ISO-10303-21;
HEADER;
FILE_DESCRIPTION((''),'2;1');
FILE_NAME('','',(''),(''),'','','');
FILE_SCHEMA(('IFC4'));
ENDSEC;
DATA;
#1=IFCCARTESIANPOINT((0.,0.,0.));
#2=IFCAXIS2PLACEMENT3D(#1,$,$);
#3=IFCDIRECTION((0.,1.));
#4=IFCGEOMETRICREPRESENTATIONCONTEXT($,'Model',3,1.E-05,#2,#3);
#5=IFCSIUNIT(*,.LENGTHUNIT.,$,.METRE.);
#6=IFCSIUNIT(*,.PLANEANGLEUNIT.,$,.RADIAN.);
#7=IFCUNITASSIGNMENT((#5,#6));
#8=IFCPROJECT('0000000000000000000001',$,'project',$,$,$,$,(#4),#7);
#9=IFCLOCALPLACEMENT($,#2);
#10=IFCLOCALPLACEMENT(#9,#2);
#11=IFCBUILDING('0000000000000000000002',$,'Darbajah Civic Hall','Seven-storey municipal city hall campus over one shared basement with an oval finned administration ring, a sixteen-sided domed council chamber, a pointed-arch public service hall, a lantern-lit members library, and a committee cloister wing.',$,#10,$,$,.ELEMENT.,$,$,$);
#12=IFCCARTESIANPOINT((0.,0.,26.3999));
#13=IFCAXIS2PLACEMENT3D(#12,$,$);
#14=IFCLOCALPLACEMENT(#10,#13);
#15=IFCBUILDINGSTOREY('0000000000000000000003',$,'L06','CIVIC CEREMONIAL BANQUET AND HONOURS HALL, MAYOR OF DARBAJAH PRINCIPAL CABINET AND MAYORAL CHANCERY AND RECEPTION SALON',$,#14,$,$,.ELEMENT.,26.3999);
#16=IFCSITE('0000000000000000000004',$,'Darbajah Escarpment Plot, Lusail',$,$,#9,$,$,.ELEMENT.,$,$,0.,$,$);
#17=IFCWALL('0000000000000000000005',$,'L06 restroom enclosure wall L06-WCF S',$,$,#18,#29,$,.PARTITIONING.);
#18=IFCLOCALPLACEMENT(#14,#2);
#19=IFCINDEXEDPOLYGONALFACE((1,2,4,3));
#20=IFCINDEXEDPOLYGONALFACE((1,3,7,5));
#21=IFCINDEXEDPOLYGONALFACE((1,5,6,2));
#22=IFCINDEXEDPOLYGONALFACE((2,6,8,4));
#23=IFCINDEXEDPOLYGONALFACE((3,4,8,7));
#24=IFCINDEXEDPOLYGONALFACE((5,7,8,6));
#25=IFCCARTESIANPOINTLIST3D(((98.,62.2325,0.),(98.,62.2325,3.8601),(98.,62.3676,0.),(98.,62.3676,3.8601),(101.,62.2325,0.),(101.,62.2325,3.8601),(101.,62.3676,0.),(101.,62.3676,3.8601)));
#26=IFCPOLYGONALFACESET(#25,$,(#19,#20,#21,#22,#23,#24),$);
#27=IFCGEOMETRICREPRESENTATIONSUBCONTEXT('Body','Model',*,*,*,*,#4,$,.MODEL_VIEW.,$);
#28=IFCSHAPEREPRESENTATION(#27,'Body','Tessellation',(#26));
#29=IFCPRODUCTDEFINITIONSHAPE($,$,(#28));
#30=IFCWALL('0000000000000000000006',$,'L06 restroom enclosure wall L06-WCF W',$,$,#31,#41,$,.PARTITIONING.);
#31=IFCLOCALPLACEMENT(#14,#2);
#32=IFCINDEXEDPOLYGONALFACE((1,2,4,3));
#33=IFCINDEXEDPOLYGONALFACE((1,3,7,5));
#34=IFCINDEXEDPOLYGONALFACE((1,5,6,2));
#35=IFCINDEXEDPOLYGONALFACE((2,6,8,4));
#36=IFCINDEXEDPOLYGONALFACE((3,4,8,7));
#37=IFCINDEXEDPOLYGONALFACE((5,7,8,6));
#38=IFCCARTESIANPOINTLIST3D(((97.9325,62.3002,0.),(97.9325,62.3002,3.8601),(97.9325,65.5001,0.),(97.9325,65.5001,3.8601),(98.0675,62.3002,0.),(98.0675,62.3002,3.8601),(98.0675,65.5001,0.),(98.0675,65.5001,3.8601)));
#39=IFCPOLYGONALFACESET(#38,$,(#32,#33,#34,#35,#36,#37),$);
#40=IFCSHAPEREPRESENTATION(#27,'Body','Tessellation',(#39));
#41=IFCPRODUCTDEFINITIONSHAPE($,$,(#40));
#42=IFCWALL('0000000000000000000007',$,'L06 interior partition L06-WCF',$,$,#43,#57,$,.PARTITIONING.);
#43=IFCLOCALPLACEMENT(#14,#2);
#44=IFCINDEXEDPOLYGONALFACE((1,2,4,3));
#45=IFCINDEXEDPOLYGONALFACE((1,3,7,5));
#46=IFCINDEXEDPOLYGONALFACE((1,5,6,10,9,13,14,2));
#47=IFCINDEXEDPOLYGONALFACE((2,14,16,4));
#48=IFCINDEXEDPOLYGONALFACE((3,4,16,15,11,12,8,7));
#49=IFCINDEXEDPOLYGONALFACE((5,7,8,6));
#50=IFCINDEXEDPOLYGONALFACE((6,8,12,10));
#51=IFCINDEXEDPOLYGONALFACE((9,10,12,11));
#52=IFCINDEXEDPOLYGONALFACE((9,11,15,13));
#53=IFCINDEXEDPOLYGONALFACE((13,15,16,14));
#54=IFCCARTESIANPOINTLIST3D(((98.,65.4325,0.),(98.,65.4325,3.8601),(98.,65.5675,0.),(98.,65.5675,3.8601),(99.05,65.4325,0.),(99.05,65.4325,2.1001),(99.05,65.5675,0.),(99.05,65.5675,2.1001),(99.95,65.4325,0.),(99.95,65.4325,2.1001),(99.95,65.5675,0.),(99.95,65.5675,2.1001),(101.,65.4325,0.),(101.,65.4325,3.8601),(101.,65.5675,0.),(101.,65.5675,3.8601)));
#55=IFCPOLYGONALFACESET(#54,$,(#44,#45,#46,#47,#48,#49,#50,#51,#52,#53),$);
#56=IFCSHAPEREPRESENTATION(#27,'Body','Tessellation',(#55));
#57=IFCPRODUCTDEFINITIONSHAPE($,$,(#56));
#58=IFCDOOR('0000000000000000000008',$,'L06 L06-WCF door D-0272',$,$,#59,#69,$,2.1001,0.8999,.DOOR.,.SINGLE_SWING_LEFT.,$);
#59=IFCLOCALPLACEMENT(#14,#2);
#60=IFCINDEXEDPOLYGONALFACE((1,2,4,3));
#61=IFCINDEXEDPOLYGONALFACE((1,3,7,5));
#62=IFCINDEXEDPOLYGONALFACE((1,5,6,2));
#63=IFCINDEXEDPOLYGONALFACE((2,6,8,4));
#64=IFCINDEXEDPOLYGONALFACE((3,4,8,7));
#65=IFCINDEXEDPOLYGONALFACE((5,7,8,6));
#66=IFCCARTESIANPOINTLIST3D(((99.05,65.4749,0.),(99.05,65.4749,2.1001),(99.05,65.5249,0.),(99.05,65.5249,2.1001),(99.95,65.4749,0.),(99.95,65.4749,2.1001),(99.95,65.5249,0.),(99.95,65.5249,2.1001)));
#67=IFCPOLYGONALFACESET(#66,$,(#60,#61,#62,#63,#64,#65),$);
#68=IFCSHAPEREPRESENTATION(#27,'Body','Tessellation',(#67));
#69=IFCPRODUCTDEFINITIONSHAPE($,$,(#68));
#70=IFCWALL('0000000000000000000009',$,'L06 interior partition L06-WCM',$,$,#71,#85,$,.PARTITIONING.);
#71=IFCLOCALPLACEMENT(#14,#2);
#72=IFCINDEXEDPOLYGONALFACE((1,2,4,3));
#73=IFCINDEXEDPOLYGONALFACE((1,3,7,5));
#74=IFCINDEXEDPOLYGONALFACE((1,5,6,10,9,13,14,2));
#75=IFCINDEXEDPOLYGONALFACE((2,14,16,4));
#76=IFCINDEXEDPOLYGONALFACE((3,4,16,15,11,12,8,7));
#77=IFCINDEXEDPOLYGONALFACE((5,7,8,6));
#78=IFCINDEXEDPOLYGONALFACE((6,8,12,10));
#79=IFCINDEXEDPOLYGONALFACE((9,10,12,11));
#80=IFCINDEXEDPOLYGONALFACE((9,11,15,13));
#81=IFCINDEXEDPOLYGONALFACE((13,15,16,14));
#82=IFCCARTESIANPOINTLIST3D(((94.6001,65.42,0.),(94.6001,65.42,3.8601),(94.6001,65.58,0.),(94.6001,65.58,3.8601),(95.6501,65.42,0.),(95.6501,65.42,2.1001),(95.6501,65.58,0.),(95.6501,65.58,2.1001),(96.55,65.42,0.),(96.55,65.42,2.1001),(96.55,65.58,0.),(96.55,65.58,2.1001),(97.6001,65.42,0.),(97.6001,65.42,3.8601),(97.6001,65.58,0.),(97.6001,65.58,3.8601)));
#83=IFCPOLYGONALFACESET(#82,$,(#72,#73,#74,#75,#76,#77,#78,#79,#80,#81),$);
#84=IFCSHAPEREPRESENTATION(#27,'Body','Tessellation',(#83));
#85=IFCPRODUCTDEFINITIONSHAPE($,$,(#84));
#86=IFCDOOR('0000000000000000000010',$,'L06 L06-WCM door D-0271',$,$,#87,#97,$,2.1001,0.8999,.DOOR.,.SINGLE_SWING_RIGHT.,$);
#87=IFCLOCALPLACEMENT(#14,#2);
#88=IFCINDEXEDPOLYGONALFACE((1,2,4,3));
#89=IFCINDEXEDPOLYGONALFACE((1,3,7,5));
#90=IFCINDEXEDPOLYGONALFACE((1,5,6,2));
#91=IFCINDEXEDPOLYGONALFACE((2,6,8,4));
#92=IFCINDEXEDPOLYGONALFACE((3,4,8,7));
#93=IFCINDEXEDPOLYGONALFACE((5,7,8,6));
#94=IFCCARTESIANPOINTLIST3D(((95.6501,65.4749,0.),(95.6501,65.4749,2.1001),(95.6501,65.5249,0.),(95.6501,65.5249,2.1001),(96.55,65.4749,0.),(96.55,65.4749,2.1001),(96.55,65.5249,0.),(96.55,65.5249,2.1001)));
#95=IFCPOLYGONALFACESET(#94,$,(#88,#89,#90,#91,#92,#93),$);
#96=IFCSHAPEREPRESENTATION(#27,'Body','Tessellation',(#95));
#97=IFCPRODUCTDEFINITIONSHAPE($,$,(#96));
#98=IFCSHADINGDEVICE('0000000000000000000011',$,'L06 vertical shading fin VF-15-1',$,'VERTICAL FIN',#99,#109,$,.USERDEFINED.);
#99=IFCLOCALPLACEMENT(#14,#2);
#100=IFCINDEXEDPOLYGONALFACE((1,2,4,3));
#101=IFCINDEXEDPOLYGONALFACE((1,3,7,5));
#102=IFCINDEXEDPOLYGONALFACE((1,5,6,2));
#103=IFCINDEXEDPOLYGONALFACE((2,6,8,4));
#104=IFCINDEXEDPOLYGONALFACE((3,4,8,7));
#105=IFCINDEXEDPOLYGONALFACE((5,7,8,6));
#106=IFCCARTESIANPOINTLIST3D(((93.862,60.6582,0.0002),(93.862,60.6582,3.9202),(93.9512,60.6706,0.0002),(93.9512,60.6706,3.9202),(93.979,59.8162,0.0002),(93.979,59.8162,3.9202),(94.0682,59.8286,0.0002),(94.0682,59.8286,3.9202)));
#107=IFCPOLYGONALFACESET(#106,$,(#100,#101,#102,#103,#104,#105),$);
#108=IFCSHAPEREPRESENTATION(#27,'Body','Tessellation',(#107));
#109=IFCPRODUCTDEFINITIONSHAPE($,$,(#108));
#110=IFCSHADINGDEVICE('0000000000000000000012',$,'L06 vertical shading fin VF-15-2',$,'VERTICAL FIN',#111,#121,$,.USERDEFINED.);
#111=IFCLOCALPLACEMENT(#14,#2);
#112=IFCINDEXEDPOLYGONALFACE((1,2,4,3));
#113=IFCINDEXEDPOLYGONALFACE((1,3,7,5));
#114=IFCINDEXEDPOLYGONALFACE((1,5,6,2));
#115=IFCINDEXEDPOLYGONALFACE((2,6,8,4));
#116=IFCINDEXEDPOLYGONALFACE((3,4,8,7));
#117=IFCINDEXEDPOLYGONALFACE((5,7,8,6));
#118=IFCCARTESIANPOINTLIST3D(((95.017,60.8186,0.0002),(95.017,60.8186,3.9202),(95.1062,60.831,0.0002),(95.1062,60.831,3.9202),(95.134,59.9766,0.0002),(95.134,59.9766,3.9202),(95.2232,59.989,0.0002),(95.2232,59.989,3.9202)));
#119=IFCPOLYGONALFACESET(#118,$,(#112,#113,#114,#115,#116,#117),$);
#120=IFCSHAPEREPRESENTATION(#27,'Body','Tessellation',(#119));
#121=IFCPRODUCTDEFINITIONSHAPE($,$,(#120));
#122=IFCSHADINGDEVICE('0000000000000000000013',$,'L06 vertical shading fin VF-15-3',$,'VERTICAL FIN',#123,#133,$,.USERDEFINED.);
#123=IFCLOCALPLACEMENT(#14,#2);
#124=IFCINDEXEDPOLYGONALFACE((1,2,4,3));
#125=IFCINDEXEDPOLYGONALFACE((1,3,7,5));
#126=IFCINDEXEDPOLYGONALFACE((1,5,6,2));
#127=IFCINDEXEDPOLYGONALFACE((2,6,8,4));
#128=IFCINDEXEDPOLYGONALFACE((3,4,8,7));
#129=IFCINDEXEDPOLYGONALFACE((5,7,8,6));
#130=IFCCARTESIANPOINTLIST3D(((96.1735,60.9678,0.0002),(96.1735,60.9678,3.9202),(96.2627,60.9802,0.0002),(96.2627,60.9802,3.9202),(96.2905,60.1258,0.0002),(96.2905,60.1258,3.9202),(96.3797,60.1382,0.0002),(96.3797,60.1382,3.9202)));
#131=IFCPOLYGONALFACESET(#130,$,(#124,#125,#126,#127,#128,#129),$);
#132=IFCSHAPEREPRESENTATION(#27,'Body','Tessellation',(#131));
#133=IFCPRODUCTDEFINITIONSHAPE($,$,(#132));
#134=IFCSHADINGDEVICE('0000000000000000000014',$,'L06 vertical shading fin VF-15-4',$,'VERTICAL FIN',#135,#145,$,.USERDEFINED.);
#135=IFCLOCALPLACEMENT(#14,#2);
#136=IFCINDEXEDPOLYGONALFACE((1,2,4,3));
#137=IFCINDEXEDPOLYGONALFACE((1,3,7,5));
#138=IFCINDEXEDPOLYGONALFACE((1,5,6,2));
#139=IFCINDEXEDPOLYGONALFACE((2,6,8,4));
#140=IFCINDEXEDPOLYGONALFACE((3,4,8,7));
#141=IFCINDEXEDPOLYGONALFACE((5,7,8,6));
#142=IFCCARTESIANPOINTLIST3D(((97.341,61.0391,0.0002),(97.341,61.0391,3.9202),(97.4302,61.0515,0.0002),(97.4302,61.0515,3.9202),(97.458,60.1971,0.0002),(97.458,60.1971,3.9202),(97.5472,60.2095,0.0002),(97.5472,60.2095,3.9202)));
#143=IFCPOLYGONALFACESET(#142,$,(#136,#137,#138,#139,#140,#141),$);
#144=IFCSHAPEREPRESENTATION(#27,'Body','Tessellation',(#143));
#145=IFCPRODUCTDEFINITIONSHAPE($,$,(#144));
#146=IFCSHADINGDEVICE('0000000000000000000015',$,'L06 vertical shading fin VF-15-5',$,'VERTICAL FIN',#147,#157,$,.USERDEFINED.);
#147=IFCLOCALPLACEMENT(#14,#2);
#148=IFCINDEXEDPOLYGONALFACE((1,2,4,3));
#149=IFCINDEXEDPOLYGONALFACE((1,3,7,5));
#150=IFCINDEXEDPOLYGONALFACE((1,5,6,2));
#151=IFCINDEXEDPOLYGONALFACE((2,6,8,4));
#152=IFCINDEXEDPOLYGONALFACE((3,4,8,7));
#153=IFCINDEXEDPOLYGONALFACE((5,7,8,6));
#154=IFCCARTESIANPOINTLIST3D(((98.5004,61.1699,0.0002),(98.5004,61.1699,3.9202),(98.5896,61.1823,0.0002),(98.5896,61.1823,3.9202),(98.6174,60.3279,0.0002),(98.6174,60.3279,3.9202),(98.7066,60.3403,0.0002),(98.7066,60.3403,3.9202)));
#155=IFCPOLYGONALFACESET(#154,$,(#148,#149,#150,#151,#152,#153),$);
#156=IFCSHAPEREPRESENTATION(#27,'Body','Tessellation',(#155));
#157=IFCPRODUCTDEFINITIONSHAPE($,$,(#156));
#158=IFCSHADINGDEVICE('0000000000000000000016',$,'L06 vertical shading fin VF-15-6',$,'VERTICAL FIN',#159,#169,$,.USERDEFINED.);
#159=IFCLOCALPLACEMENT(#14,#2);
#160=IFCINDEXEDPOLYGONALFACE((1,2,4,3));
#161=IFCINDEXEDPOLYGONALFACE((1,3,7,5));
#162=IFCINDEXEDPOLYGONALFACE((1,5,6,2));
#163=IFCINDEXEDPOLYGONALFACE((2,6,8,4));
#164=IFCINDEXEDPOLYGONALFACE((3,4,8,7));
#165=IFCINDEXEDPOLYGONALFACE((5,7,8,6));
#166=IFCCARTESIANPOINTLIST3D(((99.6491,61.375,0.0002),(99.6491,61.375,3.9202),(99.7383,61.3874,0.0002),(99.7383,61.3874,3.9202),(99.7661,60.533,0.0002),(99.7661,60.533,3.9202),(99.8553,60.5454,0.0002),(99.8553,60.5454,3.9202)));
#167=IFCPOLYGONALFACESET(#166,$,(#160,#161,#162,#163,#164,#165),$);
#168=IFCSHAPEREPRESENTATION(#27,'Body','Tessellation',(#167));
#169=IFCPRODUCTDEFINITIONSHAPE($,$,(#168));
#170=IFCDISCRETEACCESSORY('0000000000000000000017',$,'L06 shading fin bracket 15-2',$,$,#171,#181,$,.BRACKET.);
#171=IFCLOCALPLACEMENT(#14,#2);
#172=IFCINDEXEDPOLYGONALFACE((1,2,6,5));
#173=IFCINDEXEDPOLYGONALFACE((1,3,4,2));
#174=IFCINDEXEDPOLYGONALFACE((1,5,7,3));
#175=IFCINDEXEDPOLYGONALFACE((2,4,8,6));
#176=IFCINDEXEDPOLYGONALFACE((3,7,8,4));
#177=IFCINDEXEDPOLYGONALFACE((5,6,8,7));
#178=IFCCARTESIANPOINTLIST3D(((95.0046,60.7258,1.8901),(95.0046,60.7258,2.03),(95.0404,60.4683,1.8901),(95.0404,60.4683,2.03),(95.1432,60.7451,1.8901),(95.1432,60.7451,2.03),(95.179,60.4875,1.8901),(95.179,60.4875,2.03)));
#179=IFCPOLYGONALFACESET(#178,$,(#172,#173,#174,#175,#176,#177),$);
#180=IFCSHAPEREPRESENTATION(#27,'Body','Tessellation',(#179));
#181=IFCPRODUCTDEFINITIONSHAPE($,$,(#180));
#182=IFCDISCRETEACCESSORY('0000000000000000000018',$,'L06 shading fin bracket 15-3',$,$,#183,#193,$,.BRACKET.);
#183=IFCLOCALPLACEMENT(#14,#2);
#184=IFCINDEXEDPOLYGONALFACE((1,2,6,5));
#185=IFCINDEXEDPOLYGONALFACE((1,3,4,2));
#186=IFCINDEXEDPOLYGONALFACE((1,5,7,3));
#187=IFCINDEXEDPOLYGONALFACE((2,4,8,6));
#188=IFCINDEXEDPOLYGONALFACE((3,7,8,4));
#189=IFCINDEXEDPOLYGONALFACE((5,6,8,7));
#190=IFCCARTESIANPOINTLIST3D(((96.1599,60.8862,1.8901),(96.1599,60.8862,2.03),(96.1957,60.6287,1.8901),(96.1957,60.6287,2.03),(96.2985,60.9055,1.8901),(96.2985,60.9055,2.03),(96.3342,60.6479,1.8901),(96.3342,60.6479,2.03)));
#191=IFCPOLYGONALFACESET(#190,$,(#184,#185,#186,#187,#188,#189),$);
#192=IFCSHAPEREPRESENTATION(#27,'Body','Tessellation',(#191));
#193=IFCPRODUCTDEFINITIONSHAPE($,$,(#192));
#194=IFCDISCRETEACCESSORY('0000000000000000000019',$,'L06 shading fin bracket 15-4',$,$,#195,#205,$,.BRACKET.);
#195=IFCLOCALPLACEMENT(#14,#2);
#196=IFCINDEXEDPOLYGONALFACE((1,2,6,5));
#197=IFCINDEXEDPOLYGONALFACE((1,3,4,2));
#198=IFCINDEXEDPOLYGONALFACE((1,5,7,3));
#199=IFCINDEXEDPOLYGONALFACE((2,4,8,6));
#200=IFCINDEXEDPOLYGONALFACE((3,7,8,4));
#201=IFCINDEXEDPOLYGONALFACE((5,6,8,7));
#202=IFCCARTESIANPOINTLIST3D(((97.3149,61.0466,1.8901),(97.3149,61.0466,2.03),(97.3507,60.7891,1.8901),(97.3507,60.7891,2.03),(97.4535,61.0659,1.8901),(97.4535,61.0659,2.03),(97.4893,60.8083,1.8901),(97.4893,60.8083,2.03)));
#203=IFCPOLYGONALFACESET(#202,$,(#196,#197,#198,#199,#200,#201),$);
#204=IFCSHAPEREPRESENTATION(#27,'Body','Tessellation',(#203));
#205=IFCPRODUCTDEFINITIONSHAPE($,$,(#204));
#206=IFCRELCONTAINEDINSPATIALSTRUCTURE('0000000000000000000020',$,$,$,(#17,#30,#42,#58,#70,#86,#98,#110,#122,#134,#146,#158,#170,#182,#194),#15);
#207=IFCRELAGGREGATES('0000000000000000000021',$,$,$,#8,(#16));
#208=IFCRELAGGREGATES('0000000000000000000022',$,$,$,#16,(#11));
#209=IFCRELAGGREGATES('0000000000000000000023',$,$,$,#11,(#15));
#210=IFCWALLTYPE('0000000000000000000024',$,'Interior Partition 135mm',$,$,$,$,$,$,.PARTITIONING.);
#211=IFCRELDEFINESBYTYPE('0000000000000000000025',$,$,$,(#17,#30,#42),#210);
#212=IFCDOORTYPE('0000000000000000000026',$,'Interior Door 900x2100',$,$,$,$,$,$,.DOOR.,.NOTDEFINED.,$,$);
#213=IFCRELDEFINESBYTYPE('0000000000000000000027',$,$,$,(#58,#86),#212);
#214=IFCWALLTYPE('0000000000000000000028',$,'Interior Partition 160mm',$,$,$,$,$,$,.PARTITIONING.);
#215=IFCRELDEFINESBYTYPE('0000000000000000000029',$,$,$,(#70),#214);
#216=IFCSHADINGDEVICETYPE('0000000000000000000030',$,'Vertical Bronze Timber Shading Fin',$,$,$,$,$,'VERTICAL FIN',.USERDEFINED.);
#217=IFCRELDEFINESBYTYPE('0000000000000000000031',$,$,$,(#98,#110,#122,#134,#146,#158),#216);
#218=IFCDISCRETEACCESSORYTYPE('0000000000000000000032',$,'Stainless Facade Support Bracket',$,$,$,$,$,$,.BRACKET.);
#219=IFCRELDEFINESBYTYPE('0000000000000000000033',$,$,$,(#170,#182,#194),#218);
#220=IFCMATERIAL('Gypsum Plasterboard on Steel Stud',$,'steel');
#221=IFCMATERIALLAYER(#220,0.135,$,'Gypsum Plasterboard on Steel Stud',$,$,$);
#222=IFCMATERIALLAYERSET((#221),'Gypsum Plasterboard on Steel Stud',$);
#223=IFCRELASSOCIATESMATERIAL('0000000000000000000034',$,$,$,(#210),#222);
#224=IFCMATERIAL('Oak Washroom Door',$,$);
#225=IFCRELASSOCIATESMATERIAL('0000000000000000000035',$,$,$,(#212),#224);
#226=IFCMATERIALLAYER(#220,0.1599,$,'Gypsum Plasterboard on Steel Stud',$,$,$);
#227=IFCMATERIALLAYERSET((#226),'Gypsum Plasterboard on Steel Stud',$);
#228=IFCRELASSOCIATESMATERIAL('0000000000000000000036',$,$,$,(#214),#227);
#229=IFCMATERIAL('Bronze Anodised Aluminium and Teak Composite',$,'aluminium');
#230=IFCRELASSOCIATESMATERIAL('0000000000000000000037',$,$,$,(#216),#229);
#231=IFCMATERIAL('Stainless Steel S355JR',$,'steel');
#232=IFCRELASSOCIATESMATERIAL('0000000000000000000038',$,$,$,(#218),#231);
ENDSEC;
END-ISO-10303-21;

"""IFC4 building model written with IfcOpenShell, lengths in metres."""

from ifc_helpers import new_model, si_unit, direction, frame, frame_2d, origin, origin_2d, place, context, subcontext, project, spatial, rectangle, extrude, material, layer, layer_set, type_object, element, fill, save


model = new_model("IFC4")

# Units and contexts
model_context = context("Model", 3, precision=1e-05, world=origin(), true_north=direction((0.0, 1.0)))
body_context = subcontext(model_context, "Body", "Model", "MODEL_VIEW")
ifc_project = project(units=[si_unit("LENGTHUNIT", "METRE"), si_unit("PLANEANGLEUNIT", "RADIAN")], contexts=[model_context])

# Site, building, storey
site_placement = place(None, origin())
site = spatial("IfcSite", under=ifc_project, at=site_placement, Name="Darbajah Escarpment Plot, Lusail", CompositionType="ELEMENT", RefElevation=0.0)
building_placement = place(site_placement, origin())
building = spatial("IfcBuilding", under=site, at=building_placement, Name="Darbajah Civic Hall", Description="Seven-storey municipal city hall campus over one shared basement with an oval finned administration ring, a sixteen-sided domed council chamber, a pointed-arch public service hall, a lantern-lit members library, and a committee cloister wing.", CompositionType="ELEMENT")
storey_placement = place(building_placement, frame((0.0, 0.0, 26.3999)))
storey = spatial("IfcBuildingStorey", under=building, at=storey_placement, Name="L06", Description="CIVIC CEREMONIAL BANQUET AND HONOURS HALL, MAYOR OF DARBAJAH PRINCIPAL CABINET AND MAYORAL CHANCERY AND RECEPTION SALON", CompositionType="ELEMENT", Elevation=26.3999)

# Walls
ifc_material_1 = material(Name="Gypsum Plasterboard on Steel Stud", Category="steel")
ifc_layer_1 = layer(ifc_material_1, 0.135, Name="Gypsum Plasterboard on Steel Stud")
ifc_layer_set_1 = layer_set([ifc_layer_1], Name="Gypsum Plasterboard on Steel Stud")
wall_type_1 = type_object("IfcWallType", Name="Interior Partition 135mm", PredefinedType="PARTITIONING", material=ifc_layer_set_1)
wall_1_placement = place(storey_placement, frame((98.0, 62.3, 0.0), z_axis=(0.0, 0.0, 1.0), x_axis=(1.0, 0.0, 0.0)))
element("IfcWall", 1, at=wall_1_placement, inside=storey, type_object=wall_type_1, Name="L06 restroom enclosure wall L06-WCF S", PredefinedType="PARTITIONING", context=body_context, shape_type="SweptSolid", body=[
    extrude(rectangle(XDim=3.0, YDim=0.135, at=frame_2d((1.5, 0.0))), origin(), (0.0, 0.0, 1.0), 3.8601),
])
wall_2_placement = place(storey_placement, frame((98.0, 62.3, 0.0), z_axis=(0.0, 0.0, 1.0), x_axis=(0.0, 1.0, 0.0)))
element("IfcWall", 2, at=wall_2_placement, inside=storey, type_object=wall_type_1, Name="L06 restroom enclosure wall L06-WCF W", PredefinedType="PARTITIONING", context=body_context, shape_type="SweptSolid", body=[
    extrude(rectangle(XDim=3.2, YDim=0.135, at=frame_2d((1.6001, 0.0))), origin(), (0.0, 0.0, 1.0), 3.8601),
])

# Walls, openings, doors
wall_3_placement = place(storey_placement, frame((98.0, 65.5, 0.0), z_axis=(0.0, 0.0, 1.0), x_axis=(1.0, 0.0, 0.0)))
wall_3 = element("IfcWall", 3, at=wall_3_placement, inside=storey, type_object=wall_type_1, Name="L06 interior partition L06-WCF", PredefinedType="PARTITIONING", context=body_context, shape_type="SweptSolid", body=[
    extrude(rectangle(XDim=3.0, YDim=0.135, at=frame_2d((1.5, 0.0))), origin(), (0.0, 0.0, 1.0), 3.8601),
])
opening_1_placement = place(wall_3_placement, frame((1.05, 0.0, 0.0)))
opening_1 = element("IfcOpeningElement", 4, at=opening_1_placement, cuts=wall_3, PredefinedType="OPENING", context=body_context, shape_type="SweptSolid", body=[
    extrude(rectangle(XDim=0.8999, YDim=2.1001, at=frame_2d((0.45, 1.05))), frame((0.0, 0.0774, 0.0), z_axis=(0.0, -1.0, 0.0), x_axis=(1.0, 0.0, 0.0)), (0.0, 0.0, 1.0), 0.155),
])
ifc_material_2 = material(Name="Oak Washroom Door")
door_type = type_object("IfcDoorType", Name="Interior Door 900x2100", OperationType="NOTDEFINED", PredefinedType="DOOR", material=ifc_material_2)
door_1_placement = place(opening_1_placement, origin())
door_1 = element("IfcDoor", 5, at=door_1_placement, inside=storey, type_object=door_type, Name="L06 L06-WCF door D-0272", OperationType="SINGLE_SWING_LEFT", OverallHeight=2.1001, OverallWidth=0.8999, PredefinedType="DOOR", context=body_context, shape_type="SweptSolid", body=[
    extrude(rectangle(XDim=0.8999, YDim=2.1001, at=frame_2d((0.45, 1.05))), frame((0.0, 0.0249, 0.0), z_axis=(0.0, -1.0, 0.0), x_axis=(1.0, 0.0, 0.0)), (0.0, 0.0, 1.0), 0.05),
])
fill(opening_1, door_1)
ifc_layer_2 = layer(ifc_material_1, 0.1599, Name="Gypsum Plasterboard on Steel Stud")
ifc_layer_set_2 = layer_set([ifc_layer_2], Name="Gypsum Plasterboard on Steel Stud")
wall_type_2 = type_object("IfcWallType", Name="Interior Partition 160mm", PredefinedType="PARTITIONING", material=ifc_layer_set_2)
wall_4_placement = place(storey_placement, frame((94.6001, 65.5, 0.0), z_axis=(0.0, 0.0, 1.0), x_axis=(1.0, 0.0, 0.0)))
wall_4 = element("IfcWall", 6, at=wall_4_placement, inside=storey, type_object=wall_type_2, Name="L06 interior partition L06-WCM", PredefinedType="PARTITIONING", context=body_context, shape_type="SweptSolid", body=[
    extrude(rectangle(XDim=3.0, YDim=0.1599, at=frame_2d((1.5, 0.0))), origin(), (0.0, 0.0, 1.0), 3.8601),
])
opening_2_placement = place(wall_4_placement, frame((1.05, 0.0, 0.0)))
opening_2 = element("IfcOpeningElement", 7, at=opening_2_placement, cuts=wall_4, PredefinedType="OPENING", context=body_context, shape_type="SweptSolid", body=[
    extrude(rectangle(XDim=0.8999, YDim=2.1001, at=frame_2d((0.45, 1.05))), frame((0.0, 0.0898, 0.0), z_axis=(0.0, -1.0, 0.0), x_axis=(1.0, 0.0, 0.0)), (0.0, 0.0, 1.0), 0.1799),
])
door_2_placement = place(opening_2_placement, origin())
door_2 = element("IfcDoor", 8, at=door_2_placement, inside=storey, type_object=door_type, Name="L06 L06-WCM door D-0271", OperationType="SINGLE_SWING_RIGHT", OverallHeight=2.1001, OverallWidth=0.8999, PredefinedType="DOOR", context=body_context, shape_type="SweptSolid", body=[
    extrude(rectangle(XDim=0.8999, YDim=2.1001, at=frame_2d((0.45, 1.05))), frame((0.0, 0.0249, 0.0), z_axis=(0.0, -1.0, 0.0), x_axis=(1.0, 0.0, 0.0)), (0.0, 0.0, 1.0), 0.05),
])
fill(opening_2, door_2)

# Shading devices
ifc_material_3 = material(Name="Bronze Anodised Aluminium and Teak Composite", Category="aluminium")
shading_device_type = type_object("IfcShadingDeviceType", Name="Vertical Bronze Timber Shading Fin", ElementType="VERTICAL FIN", PredefinedType="USERDEFINED", material=ifc_material_3)
for number, where, z_axis, x_axis, name in (
    (9, (93.9651, 60.2434, 0.0002), (0.0, 0.0, 1.0), (0.137617, -0.990485, 0.0), "L06 vertical shading fin VF-15-1"),
    (10, (95.1201, 60.4038, 0.0002), (0.0, 0.0, 1.0), (0.137617, -0.990485, 0.0), "L06 vertical shading fin VF-15-2"),
    (11, (96.2766, 60.553, 0.0002), (0.0, 0.0, 1.0), (0.137617, -0.990485, 0.0), "L06 vertical shading fin VF-15-3"),
    (12, (97.4441, 60.6243, 0.0002), (0.0, 0.0, 1.0), (0.137617, -0.990485, 0.0), "L06 vertical shading fin VF-15-4"),
    (13, (98.6035, 60.7551, 0.0002), (0.0, 0.0, 1.0), (0.137617, -0.990485, 0.0), "L06 vertical shading fin VF-15-5"),
    (14, (99.7522, 60.9602, 0.0002), (0.0, 0.0, 1.0), (0.137617, -0.990485, 0.0), "L06 vertical shading fin VF-15-6"),
):
    element("IfcShadingDevice", number, at=place(storey_placement, frame(where, z_axis=z_axis, x_axis=x_axis)), inside=storey, type_object=shading_device_type, Name=name, ObjectType="VERTICAL FIN", PredefinedType="USERDEFINED", context=body_context, shape_type="SweptSolid", body=[
        extrude(rectangle(XDim=0.8501, YDim=0.0901, at=origin_2d()), origin(), (0.0, 0.0, 1.0), 3.9199),
    ])

# Discrete accessories
ifc_material_4 = material(Name="Stainless Steel S355JR", Category="steel")
discrete_accessory_type = type_object("IfcDiscreteAccessoryType", Name="Stainless Facade Support Bracket", PredefinedType="BRACKET", material=ifc_material_4)
for number, where, z_axis, x_axis, name in (
    (15, (95.0918, 60.6067, 1.8901), (0.0, 0.0, 1.0), (0.137617, -0.990485, 0.0), "L06 shading fin bracket 15-2"),
    (16, (96.2471, 60.7671, 1.8901), (0.0, 0.0, 1.0), (0.137617, -0.990485, 0.0), "L06 shading fin bracket 15-3"),
    (17, (97.4021, 60.9275, 1.8901), (0.0, 0.0, 1.0), (0.137617, -0.990485, 0.0), "L06 shading fin bracket 15-4"),
):
    element("IfcDiscreteAccessory", number, at=place(storey_placement, frame(where, z_axis=z_axis, x_axis=x_axis)), inside=storey, type_object=discrete_accessory_type, Name=name, PredefinedType="BRACKET", context=body_context, shape_type="SweptSolid", body=[
        extrude(rectangle(XDim=0.26, YDim=0.1399, at=origin_2d()), origin(), (0.0, 0.0, 1.0), 0.1399),
    ])

save(model, "model.ifc")
